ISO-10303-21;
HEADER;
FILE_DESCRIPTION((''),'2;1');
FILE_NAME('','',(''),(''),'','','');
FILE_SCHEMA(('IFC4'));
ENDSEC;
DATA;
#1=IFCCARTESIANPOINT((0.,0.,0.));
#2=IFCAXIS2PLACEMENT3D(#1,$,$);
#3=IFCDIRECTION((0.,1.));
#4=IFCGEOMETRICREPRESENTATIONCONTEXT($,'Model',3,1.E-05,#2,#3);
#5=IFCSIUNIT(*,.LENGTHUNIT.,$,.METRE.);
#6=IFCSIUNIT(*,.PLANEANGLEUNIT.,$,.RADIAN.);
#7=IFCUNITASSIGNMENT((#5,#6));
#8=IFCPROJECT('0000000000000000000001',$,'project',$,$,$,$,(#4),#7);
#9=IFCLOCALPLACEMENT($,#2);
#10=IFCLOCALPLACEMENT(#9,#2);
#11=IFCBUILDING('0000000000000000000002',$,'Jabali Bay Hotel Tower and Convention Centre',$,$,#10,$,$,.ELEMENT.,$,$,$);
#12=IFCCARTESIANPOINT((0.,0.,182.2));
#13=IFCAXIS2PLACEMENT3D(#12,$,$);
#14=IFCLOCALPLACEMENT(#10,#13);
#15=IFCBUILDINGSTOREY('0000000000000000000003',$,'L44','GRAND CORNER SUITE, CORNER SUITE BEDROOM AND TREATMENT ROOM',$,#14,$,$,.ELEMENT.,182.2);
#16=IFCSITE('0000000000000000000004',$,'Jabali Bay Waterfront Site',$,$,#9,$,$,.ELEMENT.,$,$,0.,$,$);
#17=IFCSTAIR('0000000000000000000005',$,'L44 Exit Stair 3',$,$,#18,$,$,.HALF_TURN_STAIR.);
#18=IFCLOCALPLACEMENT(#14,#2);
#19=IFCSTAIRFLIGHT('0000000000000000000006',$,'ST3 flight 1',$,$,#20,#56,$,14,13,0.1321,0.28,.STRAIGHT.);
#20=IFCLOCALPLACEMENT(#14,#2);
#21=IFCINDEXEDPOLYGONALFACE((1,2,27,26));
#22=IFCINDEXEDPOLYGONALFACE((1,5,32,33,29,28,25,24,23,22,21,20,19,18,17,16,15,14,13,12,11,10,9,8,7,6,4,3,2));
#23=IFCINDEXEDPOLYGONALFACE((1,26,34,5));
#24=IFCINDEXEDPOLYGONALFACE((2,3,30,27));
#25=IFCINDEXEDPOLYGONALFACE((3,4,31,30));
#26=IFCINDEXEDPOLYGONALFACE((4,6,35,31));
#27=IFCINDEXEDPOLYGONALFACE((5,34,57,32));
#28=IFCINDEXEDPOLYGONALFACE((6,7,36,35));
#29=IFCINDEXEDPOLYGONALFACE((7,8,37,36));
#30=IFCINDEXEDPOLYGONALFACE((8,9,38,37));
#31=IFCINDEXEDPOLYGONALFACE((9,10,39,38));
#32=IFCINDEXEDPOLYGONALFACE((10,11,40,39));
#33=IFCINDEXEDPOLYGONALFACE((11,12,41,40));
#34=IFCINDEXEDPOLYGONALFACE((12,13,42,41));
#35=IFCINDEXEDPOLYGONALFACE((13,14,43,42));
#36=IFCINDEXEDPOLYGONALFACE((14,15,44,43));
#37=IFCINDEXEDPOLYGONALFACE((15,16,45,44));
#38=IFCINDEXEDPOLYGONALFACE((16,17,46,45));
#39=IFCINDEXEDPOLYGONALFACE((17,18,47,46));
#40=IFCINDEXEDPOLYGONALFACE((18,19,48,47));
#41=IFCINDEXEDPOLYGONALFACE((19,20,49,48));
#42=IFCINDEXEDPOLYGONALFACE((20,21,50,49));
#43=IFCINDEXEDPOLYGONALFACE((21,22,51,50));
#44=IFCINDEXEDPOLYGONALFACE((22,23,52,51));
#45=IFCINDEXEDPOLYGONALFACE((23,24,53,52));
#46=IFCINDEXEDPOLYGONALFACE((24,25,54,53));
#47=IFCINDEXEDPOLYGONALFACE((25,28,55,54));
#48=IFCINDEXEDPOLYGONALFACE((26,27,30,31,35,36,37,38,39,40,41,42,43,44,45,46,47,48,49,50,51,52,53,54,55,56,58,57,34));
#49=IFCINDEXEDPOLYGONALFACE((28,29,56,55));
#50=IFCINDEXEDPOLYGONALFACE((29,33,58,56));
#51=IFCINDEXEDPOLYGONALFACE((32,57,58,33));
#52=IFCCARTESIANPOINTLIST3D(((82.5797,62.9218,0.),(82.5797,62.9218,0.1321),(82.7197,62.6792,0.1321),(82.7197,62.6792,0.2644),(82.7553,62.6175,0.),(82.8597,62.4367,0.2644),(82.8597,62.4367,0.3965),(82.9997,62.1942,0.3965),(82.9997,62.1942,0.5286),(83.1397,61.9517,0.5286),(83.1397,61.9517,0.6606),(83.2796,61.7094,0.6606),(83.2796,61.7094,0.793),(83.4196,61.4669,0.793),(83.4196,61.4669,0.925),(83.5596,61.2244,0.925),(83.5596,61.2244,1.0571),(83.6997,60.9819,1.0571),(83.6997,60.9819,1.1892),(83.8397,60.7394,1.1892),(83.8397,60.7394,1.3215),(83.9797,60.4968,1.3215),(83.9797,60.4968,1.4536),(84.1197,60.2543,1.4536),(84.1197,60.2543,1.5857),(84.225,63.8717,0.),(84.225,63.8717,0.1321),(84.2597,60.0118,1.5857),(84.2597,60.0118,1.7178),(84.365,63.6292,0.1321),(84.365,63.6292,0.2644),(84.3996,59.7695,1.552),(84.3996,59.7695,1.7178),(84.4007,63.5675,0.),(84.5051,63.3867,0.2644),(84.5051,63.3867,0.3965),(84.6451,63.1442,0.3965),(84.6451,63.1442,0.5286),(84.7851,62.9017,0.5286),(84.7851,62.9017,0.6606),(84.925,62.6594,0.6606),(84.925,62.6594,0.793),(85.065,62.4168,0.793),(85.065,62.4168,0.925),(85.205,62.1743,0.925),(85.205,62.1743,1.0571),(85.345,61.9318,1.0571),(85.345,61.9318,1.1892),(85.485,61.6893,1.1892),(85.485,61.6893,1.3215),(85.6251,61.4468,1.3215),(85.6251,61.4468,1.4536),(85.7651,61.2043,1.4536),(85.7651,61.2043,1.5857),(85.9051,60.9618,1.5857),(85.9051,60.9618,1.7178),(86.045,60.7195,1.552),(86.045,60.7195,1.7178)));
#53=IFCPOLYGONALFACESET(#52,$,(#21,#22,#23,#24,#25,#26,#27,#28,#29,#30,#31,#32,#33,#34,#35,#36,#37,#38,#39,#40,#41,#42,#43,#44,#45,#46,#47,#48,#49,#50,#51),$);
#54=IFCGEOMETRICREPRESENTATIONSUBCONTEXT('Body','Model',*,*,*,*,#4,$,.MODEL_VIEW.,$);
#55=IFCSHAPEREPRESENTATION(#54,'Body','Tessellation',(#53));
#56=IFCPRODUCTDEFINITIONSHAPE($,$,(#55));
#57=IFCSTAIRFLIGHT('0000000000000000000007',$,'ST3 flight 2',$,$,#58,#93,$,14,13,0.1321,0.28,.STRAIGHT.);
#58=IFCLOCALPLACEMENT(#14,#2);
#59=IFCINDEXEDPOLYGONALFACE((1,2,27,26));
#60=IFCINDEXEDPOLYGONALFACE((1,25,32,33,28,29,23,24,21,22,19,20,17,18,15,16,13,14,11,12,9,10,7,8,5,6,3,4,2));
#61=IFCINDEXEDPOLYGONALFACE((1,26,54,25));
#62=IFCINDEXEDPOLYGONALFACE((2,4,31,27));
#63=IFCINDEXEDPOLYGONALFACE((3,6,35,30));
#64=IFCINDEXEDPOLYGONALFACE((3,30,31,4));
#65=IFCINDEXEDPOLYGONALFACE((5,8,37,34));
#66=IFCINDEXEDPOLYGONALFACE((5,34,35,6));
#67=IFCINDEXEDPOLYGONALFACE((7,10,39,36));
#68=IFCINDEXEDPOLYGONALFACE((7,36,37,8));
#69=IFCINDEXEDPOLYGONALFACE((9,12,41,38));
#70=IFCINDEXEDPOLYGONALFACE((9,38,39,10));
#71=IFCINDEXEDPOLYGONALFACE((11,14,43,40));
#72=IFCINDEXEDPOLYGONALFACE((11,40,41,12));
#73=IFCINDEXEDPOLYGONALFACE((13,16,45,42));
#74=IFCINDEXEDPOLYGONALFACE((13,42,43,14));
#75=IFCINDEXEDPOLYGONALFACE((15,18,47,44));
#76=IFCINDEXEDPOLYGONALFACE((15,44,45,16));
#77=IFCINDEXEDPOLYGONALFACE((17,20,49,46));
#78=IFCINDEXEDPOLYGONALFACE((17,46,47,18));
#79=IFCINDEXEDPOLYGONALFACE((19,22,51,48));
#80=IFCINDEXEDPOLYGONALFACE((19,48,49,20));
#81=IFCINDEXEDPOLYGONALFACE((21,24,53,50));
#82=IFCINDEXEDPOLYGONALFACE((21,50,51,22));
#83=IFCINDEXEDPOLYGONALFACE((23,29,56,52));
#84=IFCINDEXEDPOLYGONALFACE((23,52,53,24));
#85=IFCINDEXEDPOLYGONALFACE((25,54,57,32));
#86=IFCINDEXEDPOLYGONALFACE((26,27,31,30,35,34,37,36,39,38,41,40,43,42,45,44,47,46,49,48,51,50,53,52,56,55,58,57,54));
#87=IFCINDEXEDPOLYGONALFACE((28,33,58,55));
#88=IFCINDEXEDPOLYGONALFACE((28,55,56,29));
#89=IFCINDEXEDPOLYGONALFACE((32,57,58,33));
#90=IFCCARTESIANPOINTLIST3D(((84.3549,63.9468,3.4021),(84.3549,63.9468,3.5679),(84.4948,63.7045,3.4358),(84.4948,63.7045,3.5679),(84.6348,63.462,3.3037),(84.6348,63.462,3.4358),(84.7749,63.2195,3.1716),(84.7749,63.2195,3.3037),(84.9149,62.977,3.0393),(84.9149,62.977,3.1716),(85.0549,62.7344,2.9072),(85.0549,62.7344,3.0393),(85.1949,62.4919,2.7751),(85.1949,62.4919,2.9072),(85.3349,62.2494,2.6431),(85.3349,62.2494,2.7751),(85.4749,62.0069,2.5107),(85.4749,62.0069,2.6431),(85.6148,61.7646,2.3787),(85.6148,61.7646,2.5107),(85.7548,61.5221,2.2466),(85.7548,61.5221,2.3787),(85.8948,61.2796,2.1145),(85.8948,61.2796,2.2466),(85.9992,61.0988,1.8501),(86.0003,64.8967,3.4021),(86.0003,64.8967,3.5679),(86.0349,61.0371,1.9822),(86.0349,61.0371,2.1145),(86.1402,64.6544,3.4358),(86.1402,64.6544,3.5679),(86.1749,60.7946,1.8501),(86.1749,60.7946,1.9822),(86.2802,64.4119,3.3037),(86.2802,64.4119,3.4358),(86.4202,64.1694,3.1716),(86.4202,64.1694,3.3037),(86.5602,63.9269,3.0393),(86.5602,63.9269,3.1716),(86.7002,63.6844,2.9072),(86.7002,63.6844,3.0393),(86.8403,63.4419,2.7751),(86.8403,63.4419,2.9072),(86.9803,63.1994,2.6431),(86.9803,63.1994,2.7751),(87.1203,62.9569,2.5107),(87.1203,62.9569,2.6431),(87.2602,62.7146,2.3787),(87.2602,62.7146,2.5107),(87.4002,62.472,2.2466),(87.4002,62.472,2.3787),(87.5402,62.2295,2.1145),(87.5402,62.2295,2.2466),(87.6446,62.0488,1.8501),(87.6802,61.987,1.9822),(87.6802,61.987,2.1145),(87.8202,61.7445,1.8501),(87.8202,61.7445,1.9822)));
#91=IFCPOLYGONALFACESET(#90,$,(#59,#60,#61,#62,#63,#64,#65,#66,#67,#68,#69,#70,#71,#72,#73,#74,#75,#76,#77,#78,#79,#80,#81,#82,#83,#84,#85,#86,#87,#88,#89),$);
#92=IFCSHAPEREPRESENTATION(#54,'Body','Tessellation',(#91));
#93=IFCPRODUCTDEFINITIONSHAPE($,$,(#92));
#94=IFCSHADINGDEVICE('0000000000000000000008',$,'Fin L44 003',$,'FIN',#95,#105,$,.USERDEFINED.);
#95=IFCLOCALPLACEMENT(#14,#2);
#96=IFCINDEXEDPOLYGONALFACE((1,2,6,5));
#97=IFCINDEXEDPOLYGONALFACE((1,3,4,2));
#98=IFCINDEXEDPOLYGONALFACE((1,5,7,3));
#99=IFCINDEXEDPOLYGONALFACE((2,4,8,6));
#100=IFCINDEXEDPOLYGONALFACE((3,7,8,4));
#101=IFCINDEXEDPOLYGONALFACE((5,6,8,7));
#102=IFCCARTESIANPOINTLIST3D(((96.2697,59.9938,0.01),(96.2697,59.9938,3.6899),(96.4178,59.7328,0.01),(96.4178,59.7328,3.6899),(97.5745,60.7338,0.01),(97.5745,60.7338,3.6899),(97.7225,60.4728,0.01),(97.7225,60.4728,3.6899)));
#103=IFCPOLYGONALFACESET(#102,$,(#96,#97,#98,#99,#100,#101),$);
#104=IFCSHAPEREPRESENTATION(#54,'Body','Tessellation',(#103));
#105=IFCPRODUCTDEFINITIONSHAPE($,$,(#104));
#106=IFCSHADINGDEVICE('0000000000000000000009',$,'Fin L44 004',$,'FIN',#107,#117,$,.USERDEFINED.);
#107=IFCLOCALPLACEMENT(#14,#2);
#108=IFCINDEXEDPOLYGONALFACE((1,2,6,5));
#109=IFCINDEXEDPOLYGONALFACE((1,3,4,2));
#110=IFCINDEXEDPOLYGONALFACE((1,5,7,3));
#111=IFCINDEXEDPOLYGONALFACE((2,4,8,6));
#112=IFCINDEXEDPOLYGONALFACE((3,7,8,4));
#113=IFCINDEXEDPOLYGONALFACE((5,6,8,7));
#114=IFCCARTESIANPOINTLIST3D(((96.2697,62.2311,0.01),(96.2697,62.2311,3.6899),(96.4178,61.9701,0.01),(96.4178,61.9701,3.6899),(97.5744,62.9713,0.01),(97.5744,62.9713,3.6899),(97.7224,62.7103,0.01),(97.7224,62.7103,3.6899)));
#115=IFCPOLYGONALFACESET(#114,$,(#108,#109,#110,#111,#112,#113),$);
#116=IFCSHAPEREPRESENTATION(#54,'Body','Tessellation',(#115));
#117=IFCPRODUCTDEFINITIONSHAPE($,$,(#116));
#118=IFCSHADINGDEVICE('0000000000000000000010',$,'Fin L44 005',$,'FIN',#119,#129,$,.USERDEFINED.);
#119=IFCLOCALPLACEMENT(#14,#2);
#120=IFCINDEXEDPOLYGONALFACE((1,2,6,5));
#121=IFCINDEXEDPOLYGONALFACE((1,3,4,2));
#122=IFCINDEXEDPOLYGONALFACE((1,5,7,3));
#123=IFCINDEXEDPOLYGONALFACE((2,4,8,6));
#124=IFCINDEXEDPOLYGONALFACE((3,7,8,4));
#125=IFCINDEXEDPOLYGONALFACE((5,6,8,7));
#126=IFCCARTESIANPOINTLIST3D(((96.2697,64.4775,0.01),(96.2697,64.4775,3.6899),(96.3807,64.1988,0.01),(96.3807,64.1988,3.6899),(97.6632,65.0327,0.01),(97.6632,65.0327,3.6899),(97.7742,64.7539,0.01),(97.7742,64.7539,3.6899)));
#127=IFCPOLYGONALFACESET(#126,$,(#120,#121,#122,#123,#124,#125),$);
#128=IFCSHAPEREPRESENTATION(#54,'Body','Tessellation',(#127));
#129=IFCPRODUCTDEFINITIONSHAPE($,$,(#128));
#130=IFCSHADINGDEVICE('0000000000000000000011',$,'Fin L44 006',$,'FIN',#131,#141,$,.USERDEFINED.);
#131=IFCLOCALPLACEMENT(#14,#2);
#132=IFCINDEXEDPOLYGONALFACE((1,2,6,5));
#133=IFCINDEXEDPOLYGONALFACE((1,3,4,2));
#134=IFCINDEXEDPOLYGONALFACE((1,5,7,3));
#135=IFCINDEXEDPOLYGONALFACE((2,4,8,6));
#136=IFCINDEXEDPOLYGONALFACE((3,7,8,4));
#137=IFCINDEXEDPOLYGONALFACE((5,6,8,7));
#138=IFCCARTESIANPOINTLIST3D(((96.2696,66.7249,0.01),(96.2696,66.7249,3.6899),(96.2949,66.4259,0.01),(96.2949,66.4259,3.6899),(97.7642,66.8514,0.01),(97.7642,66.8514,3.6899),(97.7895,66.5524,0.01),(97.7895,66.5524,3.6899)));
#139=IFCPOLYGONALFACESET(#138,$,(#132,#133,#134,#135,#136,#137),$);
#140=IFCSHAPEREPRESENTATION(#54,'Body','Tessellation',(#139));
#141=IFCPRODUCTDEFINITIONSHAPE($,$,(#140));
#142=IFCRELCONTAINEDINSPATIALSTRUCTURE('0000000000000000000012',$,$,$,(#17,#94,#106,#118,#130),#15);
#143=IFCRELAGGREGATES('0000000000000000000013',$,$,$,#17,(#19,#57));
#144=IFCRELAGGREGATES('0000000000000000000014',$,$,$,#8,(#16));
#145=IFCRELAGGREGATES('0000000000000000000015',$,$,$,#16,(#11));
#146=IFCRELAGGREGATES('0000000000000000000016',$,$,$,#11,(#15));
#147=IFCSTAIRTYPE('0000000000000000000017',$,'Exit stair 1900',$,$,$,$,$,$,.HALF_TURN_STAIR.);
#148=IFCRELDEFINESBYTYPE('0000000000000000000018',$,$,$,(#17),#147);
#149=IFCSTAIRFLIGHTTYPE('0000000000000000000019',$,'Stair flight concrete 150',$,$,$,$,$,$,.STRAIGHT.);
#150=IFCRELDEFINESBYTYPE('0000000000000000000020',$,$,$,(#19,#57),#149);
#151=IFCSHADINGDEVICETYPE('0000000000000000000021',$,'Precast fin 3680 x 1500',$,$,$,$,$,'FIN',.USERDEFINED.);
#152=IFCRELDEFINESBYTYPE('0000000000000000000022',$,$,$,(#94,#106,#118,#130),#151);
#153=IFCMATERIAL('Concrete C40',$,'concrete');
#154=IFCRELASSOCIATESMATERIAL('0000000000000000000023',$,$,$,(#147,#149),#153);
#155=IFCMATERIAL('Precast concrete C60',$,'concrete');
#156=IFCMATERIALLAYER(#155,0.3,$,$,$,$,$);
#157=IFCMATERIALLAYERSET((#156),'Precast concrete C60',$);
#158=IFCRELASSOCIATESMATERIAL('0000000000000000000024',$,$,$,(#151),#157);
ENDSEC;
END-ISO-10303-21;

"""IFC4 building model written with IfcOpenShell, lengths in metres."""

from ifc_helpers import new_model, si_unit, direction, frame, frame_2d, origin, place, context, subcontext, project, spatial, polyline, rectangle, outline, extrude, material, layer, layer_set, type_object, element, aggregate, save


model = new_model("IFC4")

# Units and contexts
model_context = context("Model", 3, precision=1e-05, world=origin(), true_north=direction((0.0, 1.0)))
body_context = subcontext(model_context, "Body", "Model", "MODEL_VIEW")
ifc_project = project(units=[si_unit("LENGTHUNIT", "METRE"), si_unit("PLANEANGLEUNIT", "RADIAN")], contexts=[model_context])

# Site, building, storey
site_placement = place(None, origin())
site = spatial("IfcSite", under=ifc_project, at=site_placement, Name="Jabali Bay Waterfront Site", CompositionType="ELEMENT", RefElevation=0.0)
building_placement = place(site_placement, origin())
building = spatial("IfcBuilding", under=site, at=building_placement, Name="Jabali Bay Hotel Tower and Convention Centre", CompositionType="ELEMENT")
storey_placement = place(building_placement, frame((0.0, 0.0, 182.2)))
storey = spatial("IfcBuildingStorey", under=building, at=storey_placement, Name="L44", Description="GRAND CORNER SUITE, CORNER SUITE BEDROOM AND TREATMENT ROOM", CompositionType="ELEMENT", Elevation=182.2)

# Shared definitions
ifc_material_1 = material(Name="Concrete C40", Category="concrete")

# Stair, stair flights
stair_type = type_object("IfcStairType", Name="Exit stair 1900", PredefinedType="HALF_TURN_STAIR", material=ifc_material_1)
stair_placement = place(storey_placement, origin())
stair = element("IfcStair", 1, at=stair_placement, inside=storey, type_object=stair_type, Name="L44 Exit Stair 3", PredefinedType="HALF_TURN_STAIR")
stair_flight_type = type_object("IfcStairFlightType", Name="Stair flight concrete 150", PredefinedType="STRAIGHT", material=ifc_material_1)
stair_flight_1_placement = place(storey_placement, frame((83.4023, 63.3967, 0.0), z_axis=(0.0, 0.0, 1.0), x_axis=(0.5, -0.866025, 0.0)))
stair_flight_1 = element("IfcStairFlight", 2, at=stair_flight_1_placement, type_object=stair_flight_type, Name="ST3 flight 1", NumberOfRisers=14, NumberOfTreads=13, PredefinedType="STRAIGHT", RiserHeight=0.1321, TreadLength=0.28, context=body_context, shape_type="SweptSolid", body=[
    extrude(outline(polyline([(0.0, 0.0), (0.0, 0.1321), (0.28, 0.1321), (0.28, 0.2644), (0.5601, 0.2644), (0.5601, 0.3965), (0.8401, 0.3965), (0.8401, 0.5286), (1.1201, 0.5286), (1.1201, 0.6606), (1.3999, 0.6606), (1.3999, 0.793), (1.6799, 0.793), (1.6799, 0.925), (1.96, 0.925), (1.96, 1.0571), (2.24, 1.0571), (2.24, 1.1892), (2.52, 1.1892), (2.52, 1.3215), (2.8, 1.3215), (2.8, 1.4536), (3.0801, 1.4536), (3.0801, 1.5857), (3.3601, 1.5857), (3.3601, 1.7178), (3.6399, 1.7178), (3.6399, 1.8501), (3.6399, 1.552), (0.3513, 0.0), (0.0, 0.0)])), frame((0.0, 0.95, 0.0), z_axis=(0.0, -1.0, 0.0), x_axis=(1.0, 0.0, 0.0)), (0.0, 0.0, 1.0), 1.8999),
])
stair_flight_2_placement = place(storey_placement, frame((86.9976, 61.2695, 1.8501), z_axis=(0.0, 0.0, 1.0), x_axis=(-0.5, 0.866025, 0.0)))
stair_flight_2 = element("IfcStairFlight", 3, at=stair_flight_2_placement, type_object=stair_flight_type, Name="ST3 flight 2", NumberOfRisers=14, NumberOfTreads=13, PredefinedType="STRAIGHT", RiserHeight=0.1321, TreadLength=0.28, context=body_context, shape_type="SweptSolid", body=[
    extrude(outline(polyline([(0.0, 0.0), (0.0, 0.1321), (0.28, 0.1321), (0.28, 0.2644), (0.5601, 0.2644), (0.5601, 0.3965), (0.8401, 0.3965), (0.8401, 0.5286), (1.1201, 0.5286), (1.1201, 0.6606), (1.3999, 0.6606), (1.3999, 0.793), (1.6799, 0.793), (1.6799, 0.925), (1.96, 0.925), (1.96, 1.0571), (2.24, 1.0571), (2.24, 1.1892), (2.52, 1.1892), (2.52, 1.3215), (2.8, 1.3215), (2.8, 1.4536), (3.0801, 1.4536), (3.0801, 1.5857), (3.3601, 1.5857), (3.3601, 1.7178), (3.6399, 1.7178), (3.6399, 1.8501), (3.6399, 1.552), (0.3513, 0.0), (0.0, 0.0)])), frame((0.0, 0.95, 0.0), z_axis=(0.0, -1.0, 0.0), x_axis=(1.0, 0.0, 0.0)), (0.0, 0.0, 1.0), 1.8999),
])
aggregate(stair, [stair_flight_1, stair_flight_2])

# Shading devices
ifc_material_2 = material(Name="Precast concrete C60", Category="concrete")
ifc_layer_1 = layer(ifc_material_2, 0.3)
ifc_layer_set_1 = layer_set([ifc_layer_1], Name="Precast concrete C60")
shading_device_type = type_object("IfcShadingDeviceType", Name="Precast fin 3680 x 1500", ElementType="FIN", PredefinedType="USERDEFINED", material=ifc_layer_set_1)
for number, where, z_axis, x_axis, name in (
    (4, (96.3438, 59.8633, 0.01), (0.0, 0.0, 1.0), (0.869831, 0.493349, 0.0), "Fin L44 003"),
    (5, (96.3438, 62.1006, 0.01), (0.0, 0.0, 1.0), (0.869761, 0.493472, 0.0), "Fin L44 004"),
    (6, (96.3252, 64.3381, 0.01), (0.0, 0.0, 1.0), (0.928992, 0.3701, 0.0), "Fin L44 005"),
    (7, (96.2822, 66.5754, 0.01), (0.0, 0.0, 1.0), (0.996439, 0.084312, 0.0), "Fin L44 006"),
):
    element("IfcShadingDevice", number, at=place(storey_placement, frame(where, z_axis=z_axis, x_axis=x_axis)), inside=storey, type_object=shading_device_type, Name=name, ObjectType="FIN", PredefinedType="USERDEFINED", context=body_context, shape_type="SweptSolid", body=[
        extrude(rectangle(XDim=1.5, YDim=0.3, at=frame_2d((0.75, 0.0))), origin(), (0.0, 0.0, 1.0), 3.6799),
    ])

save(model, "model.ifc")
